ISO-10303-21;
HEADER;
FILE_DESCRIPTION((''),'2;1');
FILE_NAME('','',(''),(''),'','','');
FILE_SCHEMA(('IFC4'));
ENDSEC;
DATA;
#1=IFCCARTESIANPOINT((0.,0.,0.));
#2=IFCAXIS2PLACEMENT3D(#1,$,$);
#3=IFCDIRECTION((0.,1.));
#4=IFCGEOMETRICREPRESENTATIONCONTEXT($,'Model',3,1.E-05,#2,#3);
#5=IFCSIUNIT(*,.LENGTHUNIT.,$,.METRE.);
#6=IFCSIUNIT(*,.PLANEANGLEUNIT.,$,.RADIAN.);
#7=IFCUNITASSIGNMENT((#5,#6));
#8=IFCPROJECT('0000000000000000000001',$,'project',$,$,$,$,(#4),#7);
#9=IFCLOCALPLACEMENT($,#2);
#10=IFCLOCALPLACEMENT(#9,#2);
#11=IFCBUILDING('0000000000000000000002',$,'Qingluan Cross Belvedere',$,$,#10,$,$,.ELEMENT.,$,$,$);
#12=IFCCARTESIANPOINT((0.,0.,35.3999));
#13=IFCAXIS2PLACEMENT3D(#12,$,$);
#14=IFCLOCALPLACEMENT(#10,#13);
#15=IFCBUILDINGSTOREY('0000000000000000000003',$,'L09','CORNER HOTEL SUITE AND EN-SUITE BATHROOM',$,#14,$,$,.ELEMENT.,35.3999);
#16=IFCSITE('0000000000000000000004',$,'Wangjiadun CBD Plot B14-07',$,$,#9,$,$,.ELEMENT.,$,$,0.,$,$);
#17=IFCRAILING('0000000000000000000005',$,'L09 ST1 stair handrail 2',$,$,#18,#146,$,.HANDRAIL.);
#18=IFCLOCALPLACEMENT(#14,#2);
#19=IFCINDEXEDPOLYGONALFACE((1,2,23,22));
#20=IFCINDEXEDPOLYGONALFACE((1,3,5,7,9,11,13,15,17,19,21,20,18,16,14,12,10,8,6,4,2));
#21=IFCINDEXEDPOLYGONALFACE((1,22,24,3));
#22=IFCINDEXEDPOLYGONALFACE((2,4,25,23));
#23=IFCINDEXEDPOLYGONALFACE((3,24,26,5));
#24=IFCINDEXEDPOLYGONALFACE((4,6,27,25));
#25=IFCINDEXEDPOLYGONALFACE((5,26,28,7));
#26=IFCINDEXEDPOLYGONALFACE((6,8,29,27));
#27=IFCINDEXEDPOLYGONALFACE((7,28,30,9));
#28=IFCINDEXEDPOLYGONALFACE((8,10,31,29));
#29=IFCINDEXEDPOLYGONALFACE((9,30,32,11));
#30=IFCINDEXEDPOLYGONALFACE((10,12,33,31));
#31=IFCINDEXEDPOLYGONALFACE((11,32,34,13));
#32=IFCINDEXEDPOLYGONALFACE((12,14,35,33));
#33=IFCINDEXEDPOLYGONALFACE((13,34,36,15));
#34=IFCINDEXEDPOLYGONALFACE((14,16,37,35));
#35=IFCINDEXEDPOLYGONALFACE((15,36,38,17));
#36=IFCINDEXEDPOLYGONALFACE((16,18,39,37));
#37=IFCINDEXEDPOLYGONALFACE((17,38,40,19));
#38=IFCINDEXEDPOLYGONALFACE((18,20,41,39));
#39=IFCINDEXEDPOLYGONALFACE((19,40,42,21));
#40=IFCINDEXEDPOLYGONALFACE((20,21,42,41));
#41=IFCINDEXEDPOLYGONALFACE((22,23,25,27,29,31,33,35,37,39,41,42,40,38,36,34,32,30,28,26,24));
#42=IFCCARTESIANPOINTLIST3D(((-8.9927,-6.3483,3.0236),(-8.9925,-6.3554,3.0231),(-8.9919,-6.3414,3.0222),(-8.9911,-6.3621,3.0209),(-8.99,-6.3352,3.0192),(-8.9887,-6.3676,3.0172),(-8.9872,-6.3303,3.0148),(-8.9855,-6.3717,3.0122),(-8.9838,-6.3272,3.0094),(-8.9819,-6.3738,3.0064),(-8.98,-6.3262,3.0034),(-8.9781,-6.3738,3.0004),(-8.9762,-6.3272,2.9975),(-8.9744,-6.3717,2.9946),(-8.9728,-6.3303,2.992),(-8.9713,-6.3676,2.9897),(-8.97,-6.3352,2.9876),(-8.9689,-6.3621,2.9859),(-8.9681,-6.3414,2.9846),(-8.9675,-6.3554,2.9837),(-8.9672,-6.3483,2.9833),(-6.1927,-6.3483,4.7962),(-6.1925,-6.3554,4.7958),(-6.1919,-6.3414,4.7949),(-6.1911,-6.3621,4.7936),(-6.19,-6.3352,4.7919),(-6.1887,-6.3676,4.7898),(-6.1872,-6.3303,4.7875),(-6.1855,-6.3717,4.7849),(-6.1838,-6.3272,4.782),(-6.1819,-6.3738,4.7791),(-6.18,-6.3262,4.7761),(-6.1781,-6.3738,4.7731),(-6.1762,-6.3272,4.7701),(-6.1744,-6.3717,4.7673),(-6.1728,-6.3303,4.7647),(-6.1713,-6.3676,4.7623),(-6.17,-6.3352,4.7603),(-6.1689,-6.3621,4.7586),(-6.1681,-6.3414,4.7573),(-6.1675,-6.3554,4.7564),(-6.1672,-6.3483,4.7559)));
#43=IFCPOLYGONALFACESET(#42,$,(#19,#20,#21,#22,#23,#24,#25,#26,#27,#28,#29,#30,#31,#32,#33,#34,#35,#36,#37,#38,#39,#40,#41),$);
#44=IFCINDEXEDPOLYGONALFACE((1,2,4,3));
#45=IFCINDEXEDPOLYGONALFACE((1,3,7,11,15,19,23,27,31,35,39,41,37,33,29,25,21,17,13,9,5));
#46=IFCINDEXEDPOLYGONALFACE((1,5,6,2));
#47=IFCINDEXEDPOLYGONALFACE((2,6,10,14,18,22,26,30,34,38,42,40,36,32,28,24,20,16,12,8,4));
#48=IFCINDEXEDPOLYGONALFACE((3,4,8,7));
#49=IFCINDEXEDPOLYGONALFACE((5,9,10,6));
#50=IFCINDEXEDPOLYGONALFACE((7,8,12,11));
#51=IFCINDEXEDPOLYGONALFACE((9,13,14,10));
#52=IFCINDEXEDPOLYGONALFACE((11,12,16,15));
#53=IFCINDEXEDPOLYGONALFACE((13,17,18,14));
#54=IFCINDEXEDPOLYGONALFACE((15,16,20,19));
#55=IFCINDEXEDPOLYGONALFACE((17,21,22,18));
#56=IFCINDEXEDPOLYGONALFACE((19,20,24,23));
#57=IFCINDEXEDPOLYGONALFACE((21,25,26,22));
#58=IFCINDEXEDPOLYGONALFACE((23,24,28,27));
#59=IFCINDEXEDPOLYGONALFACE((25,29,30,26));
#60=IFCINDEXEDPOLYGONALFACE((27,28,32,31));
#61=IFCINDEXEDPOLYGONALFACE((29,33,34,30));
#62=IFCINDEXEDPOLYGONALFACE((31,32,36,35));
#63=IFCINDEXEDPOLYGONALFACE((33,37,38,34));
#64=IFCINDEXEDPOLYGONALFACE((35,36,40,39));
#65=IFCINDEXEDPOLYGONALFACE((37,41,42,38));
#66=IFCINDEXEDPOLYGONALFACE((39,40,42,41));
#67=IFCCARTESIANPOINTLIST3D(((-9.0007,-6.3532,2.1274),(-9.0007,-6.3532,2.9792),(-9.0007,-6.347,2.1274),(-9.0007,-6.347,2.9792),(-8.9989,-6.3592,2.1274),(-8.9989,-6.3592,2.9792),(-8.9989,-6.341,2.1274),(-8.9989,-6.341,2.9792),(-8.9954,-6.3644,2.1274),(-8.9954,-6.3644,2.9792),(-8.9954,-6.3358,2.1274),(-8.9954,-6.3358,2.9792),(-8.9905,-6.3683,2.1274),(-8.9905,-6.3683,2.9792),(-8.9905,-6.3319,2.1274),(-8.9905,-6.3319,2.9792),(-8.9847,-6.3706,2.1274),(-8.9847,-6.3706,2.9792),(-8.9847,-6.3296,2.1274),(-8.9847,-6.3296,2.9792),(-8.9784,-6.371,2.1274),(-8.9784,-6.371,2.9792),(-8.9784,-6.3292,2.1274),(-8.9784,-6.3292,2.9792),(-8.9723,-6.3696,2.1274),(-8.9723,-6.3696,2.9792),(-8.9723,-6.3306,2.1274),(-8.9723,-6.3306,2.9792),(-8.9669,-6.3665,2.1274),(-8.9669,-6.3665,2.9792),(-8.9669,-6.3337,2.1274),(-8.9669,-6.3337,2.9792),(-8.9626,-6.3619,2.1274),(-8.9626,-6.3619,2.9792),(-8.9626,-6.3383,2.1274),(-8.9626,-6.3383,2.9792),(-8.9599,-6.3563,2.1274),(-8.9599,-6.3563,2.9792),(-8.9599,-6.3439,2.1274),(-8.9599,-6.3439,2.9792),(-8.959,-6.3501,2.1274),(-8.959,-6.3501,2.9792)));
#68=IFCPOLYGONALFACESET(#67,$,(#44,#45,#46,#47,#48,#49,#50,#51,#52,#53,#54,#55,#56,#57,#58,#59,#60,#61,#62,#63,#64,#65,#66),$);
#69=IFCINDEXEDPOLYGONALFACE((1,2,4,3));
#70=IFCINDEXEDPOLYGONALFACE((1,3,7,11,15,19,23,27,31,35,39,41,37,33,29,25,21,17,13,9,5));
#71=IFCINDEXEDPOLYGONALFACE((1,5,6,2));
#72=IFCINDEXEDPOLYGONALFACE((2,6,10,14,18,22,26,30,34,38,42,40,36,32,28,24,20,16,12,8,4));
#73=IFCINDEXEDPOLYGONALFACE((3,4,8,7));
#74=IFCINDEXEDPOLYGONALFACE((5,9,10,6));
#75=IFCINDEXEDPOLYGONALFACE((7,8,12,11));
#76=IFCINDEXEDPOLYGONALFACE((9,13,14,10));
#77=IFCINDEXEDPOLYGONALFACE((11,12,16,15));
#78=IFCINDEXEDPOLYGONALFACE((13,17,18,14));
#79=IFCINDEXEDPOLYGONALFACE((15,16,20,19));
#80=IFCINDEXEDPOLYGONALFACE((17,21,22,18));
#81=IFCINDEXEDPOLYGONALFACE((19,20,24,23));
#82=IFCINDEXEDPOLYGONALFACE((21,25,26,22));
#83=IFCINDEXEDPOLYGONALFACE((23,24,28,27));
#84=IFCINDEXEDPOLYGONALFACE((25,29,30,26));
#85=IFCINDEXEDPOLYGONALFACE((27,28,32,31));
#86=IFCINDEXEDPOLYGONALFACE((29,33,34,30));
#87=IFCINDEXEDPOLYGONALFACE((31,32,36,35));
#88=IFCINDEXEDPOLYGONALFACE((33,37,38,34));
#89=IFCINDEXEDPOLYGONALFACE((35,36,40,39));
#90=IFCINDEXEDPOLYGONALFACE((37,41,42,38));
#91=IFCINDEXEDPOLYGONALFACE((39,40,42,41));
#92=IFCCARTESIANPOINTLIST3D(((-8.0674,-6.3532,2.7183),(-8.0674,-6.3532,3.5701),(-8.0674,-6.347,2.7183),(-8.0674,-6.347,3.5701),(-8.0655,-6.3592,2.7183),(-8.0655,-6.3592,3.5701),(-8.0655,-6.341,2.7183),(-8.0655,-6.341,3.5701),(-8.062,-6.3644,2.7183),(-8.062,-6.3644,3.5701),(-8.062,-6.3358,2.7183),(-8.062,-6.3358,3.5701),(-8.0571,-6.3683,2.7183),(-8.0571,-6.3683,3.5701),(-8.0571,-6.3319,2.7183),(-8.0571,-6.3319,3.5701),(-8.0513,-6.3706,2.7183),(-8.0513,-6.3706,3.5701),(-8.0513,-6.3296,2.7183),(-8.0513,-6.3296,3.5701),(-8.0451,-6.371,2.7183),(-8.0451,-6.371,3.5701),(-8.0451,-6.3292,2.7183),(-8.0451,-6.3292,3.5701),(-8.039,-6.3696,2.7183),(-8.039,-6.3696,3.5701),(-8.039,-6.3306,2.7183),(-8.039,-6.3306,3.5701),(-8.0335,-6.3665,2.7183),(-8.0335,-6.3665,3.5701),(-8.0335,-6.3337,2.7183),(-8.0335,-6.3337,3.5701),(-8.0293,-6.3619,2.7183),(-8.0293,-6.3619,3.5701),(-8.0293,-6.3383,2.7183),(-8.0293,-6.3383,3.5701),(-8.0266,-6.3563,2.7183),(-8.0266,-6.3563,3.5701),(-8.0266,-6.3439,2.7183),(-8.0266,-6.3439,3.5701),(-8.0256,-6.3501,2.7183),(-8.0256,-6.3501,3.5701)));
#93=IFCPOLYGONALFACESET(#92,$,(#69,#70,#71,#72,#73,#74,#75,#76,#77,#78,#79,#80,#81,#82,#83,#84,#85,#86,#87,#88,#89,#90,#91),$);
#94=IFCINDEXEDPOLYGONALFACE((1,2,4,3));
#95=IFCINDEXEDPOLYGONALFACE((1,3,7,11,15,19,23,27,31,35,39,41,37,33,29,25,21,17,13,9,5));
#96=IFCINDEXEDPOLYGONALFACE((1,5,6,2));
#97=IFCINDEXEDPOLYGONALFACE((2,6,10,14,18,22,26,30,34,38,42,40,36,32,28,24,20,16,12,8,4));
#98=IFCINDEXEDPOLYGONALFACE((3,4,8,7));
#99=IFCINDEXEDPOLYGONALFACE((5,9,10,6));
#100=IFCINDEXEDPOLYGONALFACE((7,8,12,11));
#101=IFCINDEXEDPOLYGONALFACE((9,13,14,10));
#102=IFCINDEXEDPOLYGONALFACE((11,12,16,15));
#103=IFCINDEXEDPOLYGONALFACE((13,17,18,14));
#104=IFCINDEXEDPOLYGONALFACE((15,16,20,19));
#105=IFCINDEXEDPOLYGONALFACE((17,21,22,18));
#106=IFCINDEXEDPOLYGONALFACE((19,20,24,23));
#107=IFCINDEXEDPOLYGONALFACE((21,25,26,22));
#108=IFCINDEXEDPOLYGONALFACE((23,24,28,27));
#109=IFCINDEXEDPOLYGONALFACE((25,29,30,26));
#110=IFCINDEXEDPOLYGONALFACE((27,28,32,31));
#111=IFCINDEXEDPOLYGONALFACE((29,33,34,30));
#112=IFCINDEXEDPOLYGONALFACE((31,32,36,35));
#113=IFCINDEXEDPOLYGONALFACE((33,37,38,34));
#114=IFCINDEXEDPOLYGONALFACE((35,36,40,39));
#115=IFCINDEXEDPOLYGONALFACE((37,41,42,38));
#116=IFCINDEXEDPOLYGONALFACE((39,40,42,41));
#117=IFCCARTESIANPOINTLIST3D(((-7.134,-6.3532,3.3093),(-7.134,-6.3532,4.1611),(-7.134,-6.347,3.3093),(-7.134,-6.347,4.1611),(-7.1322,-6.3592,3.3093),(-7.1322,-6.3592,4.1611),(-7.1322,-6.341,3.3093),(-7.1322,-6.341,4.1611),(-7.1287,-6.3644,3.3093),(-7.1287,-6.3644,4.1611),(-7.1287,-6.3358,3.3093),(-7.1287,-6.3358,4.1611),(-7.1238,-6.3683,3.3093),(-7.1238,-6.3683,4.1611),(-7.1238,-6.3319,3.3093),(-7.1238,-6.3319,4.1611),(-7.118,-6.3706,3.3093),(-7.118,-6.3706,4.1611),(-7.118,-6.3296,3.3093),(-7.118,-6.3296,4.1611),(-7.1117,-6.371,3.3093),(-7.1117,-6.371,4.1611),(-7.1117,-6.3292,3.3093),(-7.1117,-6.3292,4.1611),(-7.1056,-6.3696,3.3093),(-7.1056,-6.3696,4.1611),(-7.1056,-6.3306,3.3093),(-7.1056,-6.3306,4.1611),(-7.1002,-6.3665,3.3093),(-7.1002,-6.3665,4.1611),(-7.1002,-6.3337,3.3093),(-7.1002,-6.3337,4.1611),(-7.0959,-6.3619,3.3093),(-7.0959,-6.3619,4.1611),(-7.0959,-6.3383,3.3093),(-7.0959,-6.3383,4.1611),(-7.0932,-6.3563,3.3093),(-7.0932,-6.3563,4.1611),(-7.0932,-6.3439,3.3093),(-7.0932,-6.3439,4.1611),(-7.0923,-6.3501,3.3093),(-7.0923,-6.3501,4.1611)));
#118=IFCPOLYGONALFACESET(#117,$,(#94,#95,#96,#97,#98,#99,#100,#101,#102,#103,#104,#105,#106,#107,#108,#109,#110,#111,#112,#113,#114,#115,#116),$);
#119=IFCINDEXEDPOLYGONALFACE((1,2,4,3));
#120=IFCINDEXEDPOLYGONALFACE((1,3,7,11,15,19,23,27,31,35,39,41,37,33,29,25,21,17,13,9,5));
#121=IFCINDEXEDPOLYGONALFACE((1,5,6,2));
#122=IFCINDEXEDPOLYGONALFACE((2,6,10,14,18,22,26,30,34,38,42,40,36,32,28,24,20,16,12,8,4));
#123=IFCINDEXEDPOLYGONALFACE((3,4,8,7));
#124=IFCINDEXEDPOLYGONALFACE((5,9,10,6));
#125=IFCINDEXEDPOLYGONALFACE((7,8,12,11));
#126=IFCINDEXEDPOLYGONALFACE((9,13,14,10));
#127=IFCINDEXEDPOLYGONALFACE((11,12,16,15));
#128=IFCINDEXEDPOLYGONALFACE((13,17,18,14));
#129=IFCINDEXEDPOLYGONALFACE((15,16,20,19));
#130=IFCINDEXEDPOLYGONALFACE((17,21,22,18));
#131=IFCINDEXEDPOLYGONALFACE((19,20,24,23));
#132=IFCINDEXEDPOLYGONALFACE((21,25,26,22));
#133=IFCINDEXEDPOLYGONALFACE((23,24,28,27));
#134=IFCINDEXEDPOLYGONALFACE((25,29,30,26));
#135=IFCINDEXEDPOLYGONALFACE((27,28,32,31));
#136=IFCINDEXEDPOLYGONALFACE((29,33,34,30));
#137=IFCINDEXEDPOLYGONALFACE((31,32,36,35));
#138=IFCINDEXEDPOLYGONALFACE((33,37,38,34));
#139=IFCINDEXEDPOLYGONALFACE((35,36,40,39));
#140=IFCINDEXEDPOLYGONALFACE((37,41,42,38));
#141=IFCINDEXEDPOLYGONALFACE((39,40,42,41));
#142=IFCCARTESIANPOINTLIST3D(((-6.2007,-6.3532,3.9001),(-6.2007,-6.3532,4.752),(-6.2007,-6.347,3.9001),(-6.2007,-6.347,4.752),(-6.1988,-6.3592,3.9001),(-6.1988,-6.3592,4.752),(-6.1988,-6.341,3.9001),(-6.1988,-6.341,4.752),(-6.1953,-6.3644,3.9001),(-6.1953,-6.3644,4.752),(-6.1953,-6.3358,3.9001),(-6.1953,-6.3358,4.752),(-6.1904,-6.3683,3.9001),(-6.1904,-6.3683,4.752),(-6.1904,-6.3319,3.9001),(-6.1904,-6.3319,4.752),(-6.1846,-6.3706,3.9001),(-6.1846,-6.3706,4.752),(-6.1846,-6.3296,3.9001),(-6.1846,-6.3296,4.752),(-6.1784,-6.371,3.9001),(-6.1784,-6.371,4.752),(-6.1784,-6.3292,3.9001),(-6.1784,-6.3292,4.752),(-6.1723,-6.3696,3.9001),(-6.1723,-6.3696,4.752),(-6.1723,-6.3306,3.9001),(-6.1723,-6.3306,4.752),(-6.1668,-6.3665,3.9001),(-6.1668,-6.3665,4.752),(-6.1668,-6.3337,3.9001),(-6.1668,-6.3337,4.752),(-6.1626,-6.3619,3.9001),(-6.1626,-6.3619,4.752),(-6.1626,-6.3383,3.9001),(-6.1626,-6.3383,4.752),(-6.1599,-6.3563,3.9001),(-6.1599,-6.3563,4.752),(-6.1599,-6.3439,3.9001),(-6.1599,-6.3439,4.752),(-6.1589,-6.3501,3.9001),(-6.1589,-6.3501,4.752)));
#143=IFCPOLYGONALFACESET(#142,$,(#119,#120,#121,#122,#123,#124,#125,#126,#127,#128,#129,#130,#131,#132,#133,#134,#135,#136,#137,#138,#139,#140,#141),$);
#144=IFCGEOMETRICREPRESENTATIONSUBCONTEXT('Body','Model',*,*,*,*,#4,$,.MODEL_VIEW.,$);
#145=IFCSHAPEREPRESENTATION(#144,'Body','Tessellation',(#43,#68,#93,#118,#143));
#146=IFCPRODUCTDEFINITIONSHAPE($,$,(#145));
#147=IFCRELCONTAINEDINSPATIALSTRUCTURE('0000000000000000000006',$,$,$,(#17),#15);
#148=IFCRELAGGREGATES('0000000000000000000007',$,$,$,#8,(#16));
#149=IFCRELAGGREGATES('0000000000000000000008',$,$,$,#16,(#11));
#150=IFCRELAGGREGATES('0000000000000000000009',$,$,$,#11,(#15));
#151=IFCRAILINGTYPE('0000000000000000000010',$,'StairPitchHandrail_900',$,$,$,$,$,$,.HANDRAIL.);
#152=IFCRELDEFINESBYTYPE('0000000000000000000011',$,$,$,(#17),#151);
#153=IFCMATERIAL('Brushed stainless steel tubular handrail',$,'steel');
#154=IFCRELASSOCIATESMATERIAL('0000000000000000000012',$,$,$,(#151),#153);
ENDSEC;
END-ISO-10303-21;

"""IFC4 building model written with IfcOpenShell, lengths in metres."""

from ifc_helpers import new_model, si_unit, direction, frame, origin, origin_2d, place, context, subcontext, project, spatial, circle, extrude, material, type_object, element, save


model = new_model("IFC4")

# Units and contexts
model_context = context("Model", 3, precision=1e-05, world=origin(), true_north=direction((0.0, 1.0)))
body_context = subcontext(model_context, "Body", "Model", "MODEL_VIEW")
ifc_project = project(units=[si_unit("LENGTHUNIT", "METRE"), si_unit("PLANEANGLEUNIT", "RADIAN")], contexts=[model_context])

# Site, building, storey
site_placement = place(None, origin())
site = spatial("IfcSite", under=ifc_project, at=site_placement, Name="Wangjiadun CBD Plot B14-07", CompositionType="ELEMENT", RefElevation=0.0)
building_placement = place(site_placement, origin())
building = spatial("IfcBuilding", under=site, at=building_placement, Name="Qingluan Cross Belvedere", CompositionType="ELEMENT")
storey_placement = place(building_placement, frame((0.0, 0.0, 35.3999)))
storey = spatial("IfcBuildingStorey", under=building, at=storey_placement, Name="L09", Description="CORNER HOTEL SUITE AND EN-SUITE BATHROOM", CompositionType="ELEMENT", Elevation=35.3999)

# Railing
ifc_material_1 = material(Name="Brushed stainless steel tubular handrail", Category="steel")
railing_type_1 = type_object("IfcRailingType", Name="StairPitchHandrail_900", PredefinedType="HANDRAIL", material=ifc_material_1)
railing_1_placement = place(storey_placement, frame((-8.98, -6.3501, 2.1274)))
element("IfcRailing", 1, at=railing_1_placement, inside=storey, type_object=railing_type_1, Name="L09 ST1 stair handrail 2", PredefinedType="HANDRAIL", context=body_context, shape_type="SweptSolid", body=[
    extrude(circle(Radius=0.0239, at=origin_2d()), frame((0.0, 0.0, 0.876), z_axis=(0.844909, 0.0, 0.53491), x_axis=(0.0, 1.0, 0.0)), (0.0, 0.0, 1.0), 3.314),
    extrude(circle(Radius=0.021, at=origin_2d()), origin(), (0.0, 0.0, 1.0), 0.8518),
    extrude(circle(Radius=0.021, at=origin_2d()), frame((0.9333, 0.0, 0.5908)), (0.0, 0.0, 1.0), 0.8518),
    extrude(circle(Radius=0.021, at=origin_2d()), frame((1.8667, 0.0, 1.1819)), (0.0, 0.0, 1.0), 0.8518),
    extrude(circle(Radius=0.021, at=origin_2d()), frame((2.8, 0.0, 1.7727)), (0.0, 0.0, 1.0), 0.8518),
])

save(model, "model.ifc")
